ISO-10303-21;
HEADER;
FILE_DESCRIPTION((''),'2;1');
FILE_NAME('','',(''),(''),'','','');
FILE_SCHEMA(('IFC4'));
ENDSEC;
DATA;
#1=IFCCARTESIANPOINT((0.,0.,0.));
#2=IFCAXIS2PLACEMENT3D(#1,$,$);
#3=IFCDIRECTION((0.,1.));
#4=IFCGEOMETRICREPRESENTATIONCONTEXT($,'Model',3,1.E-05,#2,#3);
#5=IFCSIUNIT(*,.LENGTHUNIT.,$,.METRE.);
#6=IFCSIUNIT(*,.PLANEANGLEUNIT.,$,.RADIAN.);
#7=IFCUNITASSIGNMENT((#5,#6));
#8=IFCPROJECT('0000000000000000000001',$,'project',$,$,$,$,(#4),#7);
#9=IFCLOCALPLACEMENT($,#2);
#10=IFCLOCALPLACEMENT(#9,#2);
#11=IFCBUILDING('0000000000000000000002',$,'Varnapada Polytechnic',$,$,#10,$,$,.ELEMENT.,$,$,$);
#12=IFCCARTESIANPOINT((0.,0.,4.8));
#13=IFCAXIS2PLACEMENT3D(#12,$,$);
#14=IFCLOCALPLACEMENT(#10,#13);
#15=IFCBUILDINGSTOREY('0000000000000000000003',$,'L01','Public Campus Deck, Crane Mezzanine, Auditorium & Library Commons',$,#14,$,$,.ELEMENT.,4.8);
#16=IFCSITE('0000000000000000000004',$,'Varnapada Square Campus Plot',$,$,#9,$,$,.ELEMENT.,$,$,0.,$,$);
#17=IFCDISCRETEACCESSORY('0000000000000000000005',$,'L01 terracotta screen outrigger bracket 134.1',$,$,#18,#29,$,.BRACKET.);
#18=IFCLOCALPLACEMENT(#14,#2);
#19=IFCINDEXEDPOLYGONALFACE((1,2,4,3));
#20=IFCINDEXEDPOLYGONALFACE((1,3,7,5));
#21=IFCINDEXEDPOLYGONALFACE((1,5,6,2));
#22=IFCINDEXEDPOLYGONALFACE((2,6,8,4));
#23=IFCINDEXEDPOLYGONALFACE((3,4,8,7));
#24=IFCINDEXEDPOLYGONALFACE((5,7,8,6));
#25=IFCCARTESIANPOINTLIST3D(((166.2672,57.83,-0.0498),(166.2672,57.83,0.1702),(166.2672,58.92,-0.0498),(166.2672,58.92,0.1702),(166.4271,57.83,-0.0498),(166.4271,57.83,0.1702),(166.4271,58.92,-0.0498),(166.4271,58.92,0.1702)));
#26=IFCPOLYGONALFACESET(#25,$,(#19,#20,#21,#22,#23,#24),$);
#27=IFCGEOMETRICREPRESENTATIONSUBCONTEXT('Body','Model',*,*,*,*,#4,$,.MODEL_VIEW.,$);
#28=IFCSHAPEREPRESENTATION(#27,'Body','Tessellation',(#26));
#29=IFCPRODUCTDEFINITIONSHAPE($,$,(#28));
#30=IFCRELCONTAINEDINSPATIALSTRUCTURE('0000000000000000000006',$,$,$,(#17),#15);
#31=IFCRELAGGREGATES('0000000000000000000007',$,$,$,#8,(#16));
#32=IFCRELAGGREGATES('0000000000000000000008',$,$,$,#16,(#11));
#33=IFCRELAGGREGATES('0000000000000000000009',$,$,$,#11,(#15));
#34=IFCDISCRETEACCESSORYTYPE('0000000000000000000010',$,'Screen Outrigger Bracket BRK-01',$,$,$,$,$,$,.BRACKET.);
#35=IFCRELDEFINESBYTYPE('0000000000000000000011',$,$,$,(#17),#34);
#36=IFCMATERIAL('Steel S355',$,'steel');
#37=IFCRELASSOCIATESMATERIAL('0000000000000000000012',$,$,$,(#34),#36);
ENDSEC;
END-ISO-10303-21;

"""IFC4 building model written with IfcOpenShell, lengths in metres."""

from ifc_helpers import new_model, si_unit, direction, frame, origin, origin_2d, place, context, subcontext, project, spatial, rectangle, extrude, material, type_object, element, save


model = new_model("IFC4")

# Units and contexts
model_context = context("Model", 3, precision=1e-05, world=origin(), true_north=direction((0.0, 1.0)))
body_context = subcontext(model_context, "Body", "Model", "MODEL_VIEW")
ifc_project = project(units=[si_unit("LENGTHUNIT", "METRE"), si_unit("PLANEANGLEUNIT", "RADIAN")], contexts=[model_context])

# Site, building, storey
site_placement = place(None, origin())
site = spatial("IfcSite", under=ifc_project, at=site_placement, Name="Varnapada Square Campus Plot", CompositionType="ELEMENT", RefElevation=0.0)
building_placement = place(site_placement, origin())
building = spatial("IfcBuilding", under=site, at=building_placement, Name="Varnapada Polytechnic", CompositionType="ELEMENT")
storey_placement = place(building_placement, frame((0.0, 0.0, 4.8)))
storey = spatial("IfcBuildingStorey", under=building, at=storey_placement, Name="L01", Description="Public Campus Deck, Crane Mezzanine, Auditorium & Library Commons", CompositionType="ELEMENT", Elevation=4.8)

# Shared definitions
ifc_material_1 = material(Name="Steel S355", Category="steel")

# Discrete accessory
discrete_accessory_type = type_object("IfcDiscreteAccessoryType", Name="Screen Outrigger Bracket BRK-01", PredefinedType="BRACKET", material=ifc_material_1)
discrete_accessory_placement = place(storey_placement, frame((166.3472, 58.375, -0.0498), z_axis=(0.0, 0.0, 1.0), x_axis=(-1.0, 0.0, 0.0)))
element("IfcDiscreteAccessory", 1, at=discrete_accessory_placement, inside=storey, type_object=discrete_accessory_type, Name="L01 terracotta screen outrigger bracket 134.1", PredefinedType="BRACKET", context=body_context, shape_type="SweptSolid", body=[
    extrude(rectangle(XDim=0.1599, YDim=1.0901, at=origin_2d()), origin(), (0.0, 0.0, 1.0), 0.22),
])

save(model, "model.ifc")
